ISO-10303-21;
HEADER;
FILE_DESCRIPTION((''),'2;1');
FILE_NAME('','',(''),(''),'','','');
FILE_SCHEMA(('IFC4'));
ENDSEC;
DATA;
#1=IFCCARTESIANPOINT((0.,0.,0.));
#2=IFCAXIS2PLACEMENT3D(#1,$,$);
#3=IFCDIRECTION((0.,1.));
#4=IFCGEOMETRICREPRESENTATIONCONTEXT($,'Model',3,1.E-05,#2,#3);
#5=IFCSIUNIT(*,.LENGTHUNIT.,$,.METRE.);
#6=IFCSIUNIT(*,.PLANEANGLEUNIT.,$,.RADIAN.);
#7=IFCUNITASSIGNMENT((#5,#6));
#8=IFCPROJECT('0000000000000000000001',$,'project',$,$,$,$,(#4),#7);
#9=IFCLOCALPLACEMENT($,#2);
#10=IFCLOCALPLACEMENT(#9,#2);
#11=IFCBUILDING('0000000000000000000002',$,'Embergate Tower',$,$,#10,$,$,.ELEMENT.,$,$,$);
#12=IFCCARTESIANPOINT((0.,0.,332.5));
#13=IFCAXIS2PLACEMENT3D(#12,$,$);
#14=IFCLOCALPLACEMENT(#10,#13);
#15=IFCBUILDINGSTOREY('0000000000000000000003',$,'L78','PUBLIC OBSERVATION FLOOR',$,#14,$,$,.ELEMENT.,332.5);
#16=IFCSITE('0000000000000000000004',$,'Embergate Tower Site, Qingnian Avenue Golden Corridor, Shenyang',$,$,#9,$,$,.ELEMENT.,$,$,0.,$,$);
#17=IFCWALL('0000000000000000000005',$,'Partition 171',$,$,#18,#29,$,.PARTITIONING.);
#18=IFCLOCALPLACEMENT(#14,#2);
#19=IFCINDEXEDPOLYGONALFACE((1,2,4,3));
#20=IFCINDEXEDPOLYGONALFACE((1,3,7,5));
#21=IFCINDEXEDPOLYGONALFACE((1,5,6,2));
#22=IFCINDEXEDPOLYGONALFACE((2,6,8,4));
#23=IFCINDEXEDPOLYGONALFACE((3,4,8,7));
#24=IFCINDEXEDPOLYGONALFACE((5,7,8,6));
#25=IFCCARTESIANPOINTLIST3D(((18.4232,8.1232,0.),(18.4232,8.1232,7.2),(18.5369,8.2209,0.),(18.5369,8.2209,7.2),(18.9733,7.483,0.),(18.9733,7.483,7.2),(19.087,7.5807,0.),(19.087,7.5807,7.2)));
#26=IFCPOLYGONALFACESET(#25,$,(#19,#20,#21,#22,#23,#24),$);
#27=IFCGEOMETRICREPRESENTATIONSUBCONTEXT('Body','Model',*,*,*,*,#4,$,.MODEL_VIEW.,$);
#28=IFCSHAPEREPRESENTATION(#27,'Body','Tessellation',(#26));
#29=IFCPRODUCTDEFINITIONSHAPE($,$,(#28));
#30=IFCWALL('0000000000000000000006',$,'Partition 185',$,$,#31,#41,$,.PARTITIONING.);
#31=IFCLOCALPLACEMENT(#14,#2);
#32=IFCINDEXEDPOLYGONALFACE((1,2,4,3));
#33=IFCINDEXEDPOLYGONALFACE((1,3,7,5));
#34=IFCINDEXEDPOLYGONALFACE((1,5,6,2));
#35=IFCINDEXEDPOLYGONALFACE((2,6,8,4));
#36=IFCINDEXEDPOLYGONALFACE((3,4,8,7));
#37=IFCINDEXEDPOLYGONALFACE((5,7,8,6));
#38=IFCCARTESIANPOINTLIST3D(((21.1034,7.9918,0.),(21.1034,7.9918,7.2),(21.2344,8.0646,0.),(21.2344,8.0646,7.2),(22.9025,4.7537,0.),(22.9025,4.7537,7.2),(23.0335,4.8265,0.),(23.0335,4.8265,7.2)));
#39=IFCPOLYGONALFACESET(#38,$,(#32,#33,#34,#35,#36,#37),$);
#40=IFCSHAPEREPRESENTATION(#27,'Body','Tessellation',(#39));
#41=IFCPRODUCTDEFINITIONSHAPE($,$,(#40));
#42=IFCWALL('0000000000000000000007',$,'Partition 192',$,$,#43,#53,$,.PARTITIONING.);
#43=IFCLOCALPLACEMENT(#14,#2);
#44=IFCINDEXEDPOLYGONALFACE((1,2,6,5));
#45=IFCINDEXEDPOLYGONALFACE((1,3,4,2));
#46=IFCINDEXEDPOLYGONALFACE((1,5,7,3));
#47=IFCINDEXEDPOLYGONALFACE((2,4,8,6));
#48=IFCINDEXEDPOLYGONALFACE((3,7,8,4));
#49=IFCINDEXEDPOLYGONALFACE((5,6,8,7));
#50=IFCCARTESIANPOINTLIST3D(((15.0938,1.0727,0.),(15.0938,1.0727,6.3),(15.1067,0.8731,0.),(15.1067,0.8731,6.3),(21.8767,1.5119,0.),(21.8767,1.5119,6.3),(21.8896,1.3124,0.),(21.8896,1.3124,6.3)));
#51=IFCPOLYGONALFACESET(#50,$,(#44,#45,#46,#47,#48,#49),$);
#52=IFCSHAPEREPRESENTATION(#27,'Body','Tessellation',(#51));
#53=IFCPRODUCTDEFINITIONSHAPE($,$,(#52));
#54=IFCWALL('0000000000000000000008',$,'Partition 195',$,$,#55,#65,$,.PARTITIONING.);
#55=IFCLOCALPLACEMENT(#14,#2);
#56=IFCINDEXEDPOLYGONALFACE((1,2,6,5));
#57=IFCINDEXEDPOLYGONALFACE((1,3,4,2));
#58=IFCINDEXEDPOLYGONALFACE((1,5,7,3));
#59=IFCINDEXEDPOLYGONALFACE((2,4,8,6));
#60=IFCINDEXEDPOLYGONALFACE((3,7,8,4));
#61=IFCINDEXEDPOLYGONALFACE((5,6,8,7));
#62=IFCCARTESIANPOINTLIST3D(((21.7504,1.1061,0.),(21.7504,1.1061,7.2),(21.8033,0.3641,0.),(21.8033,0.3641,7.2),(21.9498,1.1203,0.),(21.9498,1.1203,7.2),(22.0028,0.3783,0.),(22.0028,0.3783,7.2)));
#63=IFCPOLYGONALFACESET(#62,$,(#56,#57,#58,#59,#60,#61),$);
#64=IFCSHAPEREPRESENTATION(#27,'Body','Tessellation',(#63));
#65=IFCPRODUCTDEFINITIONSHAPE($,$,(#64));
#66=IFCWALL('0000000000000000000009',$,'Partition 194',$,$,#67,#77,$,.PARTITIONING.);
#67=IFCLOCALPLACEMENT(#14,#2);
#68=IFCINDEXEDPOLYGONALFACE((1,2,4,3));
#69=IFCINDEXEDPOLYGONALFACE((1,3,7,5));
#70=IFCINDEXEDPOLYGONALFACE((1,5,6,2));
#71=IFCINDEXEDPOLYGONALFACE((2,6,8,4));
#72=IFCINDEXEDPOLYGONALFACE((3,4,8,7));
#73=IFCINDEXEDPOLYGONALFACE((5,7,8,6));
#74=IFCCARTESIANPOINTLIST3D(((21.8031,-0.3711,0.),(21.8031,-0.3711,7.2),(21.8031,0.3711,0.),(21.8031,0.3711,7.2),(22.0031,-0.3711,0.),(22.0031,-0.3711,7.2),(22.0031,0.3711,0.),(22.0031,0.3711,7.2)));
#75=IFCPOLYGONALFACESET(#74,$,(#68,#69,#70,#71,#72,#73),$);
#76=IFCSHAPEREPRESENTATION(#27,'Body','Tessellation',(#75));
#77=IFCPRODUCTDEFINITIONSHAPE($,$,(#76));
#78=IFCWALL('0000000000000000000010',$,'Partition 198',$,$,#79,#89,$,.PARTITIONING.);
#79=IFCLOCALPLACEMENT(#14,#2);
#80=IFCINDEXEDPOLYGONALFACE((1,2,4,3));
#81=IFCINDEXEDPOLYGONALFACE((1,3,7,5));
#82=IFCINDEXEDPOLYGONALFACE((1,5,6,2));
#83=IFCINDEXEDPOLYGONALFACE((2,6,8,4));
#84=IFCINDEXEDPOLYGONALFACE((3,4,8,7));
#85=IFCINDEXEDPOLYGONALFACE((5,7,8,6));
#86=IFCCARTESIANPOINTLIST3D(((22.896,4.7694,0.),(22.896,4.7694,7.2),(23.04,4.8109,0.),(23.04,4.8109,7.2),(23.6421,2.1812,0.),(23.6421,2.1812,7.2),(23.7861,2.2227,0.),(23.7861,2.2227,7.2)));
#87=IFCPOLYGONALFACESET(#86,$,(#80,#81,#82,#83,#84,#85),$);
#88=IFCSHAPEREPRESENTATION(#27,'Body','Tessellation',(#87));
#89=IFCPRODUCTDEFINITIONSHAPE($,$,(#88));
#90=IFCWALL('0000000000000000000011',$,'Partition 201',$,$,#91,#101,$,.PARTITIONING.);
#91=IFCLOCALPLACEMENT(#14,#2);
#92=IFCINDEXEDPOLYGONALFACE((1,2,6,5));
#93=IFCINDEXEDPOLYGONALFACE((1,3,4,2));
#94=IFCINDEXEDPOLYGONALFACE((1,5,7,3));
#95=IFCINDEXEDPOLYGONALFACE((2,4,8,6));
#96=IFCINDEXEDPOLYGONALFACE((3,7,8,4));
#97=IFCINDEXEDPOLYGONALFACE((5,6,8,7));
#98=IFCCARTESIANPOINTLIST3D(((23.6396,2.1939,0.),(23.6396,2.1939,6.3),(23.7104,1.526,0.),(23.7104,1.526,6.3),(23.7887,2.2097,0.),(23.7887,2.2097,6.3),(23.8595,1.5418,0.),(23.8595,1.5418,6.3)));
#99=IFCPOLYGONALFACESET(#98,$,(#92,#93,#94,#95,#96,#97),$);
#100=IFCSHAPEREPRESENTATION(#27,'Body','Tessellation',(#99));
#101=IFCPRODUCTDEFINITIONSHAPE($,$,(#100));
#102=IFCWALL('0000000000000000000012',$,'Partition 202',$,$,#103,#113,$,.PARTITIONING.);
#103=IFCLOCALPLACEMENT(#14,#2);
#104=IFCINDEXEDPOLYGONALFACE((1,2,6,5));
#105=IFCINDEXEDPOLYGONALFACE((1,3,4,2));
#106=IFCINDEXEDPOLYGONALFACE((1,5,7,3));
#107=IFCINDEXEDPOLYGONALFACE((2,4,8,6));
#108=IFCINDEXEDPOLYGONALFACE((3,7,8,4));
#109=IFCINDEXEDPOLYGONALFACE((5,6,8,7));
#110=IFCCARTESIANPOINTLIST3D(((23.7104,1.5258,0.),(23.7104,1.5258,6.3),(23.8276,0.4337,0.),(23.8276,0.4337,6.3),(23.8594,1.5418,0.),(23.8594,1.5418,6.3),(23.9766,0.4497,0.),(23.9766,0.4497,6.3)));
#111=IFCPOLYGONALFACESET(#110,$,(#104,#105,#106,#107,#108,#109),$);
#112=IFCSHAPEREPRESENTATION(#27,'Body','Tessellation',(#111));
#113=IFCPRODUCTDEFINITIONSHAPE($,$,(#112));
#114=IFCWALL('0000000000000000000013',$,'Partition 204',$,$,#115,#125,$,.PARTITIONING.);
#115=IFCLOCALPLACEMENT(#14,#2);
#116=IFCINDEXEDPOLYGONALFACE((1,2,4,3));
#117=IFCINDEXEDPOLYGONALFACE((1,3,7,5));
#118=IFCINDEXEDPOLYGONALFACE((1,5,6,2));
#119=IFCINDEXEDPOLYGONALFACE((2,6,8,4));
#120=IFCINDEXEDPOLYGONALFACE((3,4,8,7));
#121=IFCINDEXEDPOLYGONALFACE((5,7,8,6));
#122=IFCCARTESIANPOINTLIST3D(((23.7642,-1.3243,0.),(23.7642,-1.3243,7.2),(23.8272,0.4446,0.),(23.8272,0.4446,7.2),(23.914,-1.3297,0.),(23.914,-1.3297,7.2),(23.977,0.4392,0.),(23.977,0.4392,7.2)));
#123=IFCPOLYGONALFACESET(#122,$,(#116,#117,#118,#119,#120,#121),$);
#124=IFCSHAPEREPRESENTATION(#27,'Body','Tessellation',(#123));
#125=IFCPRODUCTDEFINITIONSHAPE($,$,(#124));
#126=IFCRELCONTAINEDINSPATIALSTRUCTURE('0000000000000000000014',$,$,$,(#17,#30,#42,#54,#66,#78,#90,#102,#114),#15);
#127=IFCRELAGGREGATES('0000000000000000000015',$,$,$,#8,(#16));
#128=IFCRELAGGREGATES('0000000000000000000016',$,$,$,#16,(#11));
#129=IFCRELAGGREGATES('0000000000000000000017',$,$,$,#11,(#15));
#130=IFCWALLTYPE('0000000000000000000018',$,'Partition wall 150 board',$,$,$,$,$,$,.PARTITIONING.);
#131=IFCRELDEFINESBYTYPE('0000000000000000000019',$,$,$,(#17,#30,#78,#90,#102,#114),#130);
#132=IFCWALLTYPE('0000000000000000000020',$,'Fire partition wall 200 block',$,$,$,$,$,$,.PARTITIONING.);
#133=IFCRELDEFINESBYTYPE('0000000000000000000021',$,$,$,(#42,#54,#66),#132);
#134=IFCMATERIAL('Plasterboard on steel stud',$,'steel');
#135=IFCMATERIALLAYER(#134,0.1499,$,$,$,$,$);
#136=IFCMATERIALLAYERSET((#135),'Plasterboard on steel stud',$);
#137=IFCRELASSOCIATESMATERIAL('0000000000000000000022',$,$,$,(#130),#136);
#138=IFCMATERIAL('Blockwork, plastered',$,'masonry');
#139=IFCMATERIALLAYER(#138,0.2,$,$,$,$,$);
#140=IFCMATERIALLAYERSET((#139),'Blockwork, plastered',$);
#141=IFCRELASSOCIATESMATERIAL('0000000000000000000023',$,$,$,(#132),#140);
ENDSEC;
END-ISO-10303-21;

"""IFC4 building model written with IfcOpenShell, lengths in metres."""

from ifc_helpers import new_model, si_unit, direction, frame, frame_2d, origin, place, context, subcontext, project, spatial, rectangle, extrude, source, transform, mapped, material, layer, layer_set, type_object, element, save


model = new_model("IFC4")

# Units and contexts
model_context = context("Model", 3, precision=1e-05, world=origin(), true_north=direction((0.0, 1.0)))
body_context = subcontext(model_context, "Body", "Model", "MODEL_VIEW")
ifc_project = project(units=[si_unit("LENGTHUNIT", "METRE"), si_unit("PLANEANGLEUNIT", "RADIAN")], contexts=[model_context])

# Site, building, storey
site_placement = place(None, origin())
site = spatial("IfcSite", under=ifc_project, at=site_placement, Name="Embergate Tower Site, Qingnian Avenue Golden Corridor, Shenyang", CompositionType="ELEMENT", RefElevation=0.0)
building_placement = place(site_placement, origin())
building = spatial("IfcBuilding", under=site, at=building_placement, Name="Embergate Tower", CompositionType="ELEMENT")
storey_placement = place(building_placement, frame((0.0, 0.0, 332.5)))
storey = spatial("IfcBuildingStorey", under=building, at=storey_placement, Name="L78", Description="PUBLIC OBSERVATION FLOOR", CompositionType="ELEMENT", Elevation=332.5)

# Walls
ifc_material_1 = material(Name="Plasterboard on steel stud", Category="steel")
ifc_layer_1 = layer(ifc_material_1, 0.1499)
ifc_layer_set_1 = layer_set([ifc_layer_1], Name="Plasterboard on steel stud")
wall_type_1 = type_object("IfcWallType", Name="Partition wall 150 board", PredefinedType="PARTITIONING", material=ifc_layer_set_1)
shared_shape_1 = source(origin(), body_context, "Body", "SweptSolid", [
    extrude(rectangle(XDim=0.844, YDim=0.1499, at=frame_2d((0.4219, 0.0))), origin(), (0.0, 0.0, 1.0), 7.2),
])
wall_1_placement = place(storey_placement, frame((19.03, 7.532, 0.0), z_axis=(0.0, 0.0, 1.0), x_axis=(-0.65172, 0.75846, 0.0)))
element("IfcWall", 1, at=wall_1_placement, inside=storey, type_object=wall_type_1, Name="Partition 171", PredefinedType="PARTITIONING", context=body_context, shape_type="MappedRepresentation", body=[
    mapped(shared_shape_1, transform((0.0, 0.0, 0.0))),
])
shared_shape_2 = source(origin(), body_context, "Body", "SweptSolid", [
    extrude(rectangle(XDim=3.7043, YDim=0.1499, at=frame_2d((1.8521, 0.0))), origin(), (0.0, 0.0, 1.0), 7.2),
])
wall_2_placement = place(storey_placement, frame((21.1689, 8.0281, 0.0), z_axis=(0.0, 0.0, 1.0), x_axis=(0.485677, -0.874139, 0.0)))
element("IfcWall", 2, at=wall_2_placement, inside=storey, type_object=wall_type_1, Name="Partition 185", PredefinedType="PARTITIONING", context=body_context, shape_type="MappedRepresentation", body=[
    mapped(shared_shape_2, transform((0.0, 0.0, 0.0))),
])
ifc_material_2 = material(Name="Blockwork, plastered", Category="masonry")
ifc_layer_2 = layer(ifc_material_2, 0.2)
ifc_layer_set_2 = layer_set([ifc_layer_2], Name="Blockwork, plastered")
wall_type_2 = type_object("IfcWallType", Name="Fire partition wall 200 block", PredefinedType="PARTITIONING", material=ifc_layer_set_2)
shared_shape_3 = source(origin(), body_context, "Body", "SweptSolid", [
    extrude(rectangle(XDim=6.7971, YDim=0.2, at=frame_2d((3.3984, 0.0))), origin(), (0.0, 0.0, 1.0), 6.3),
])
wall_3_placement = place(storey_placement, frame((21.8831, 1.4121, 0.0), z_axis=(0.0, 0.0, 1.0), x_axis=(-0.99791, -0.064617, 0.0)))
element("IfcWall", 3, at=wall_3_placement, inside=storey, type_object=wall_type_2, Name="Partition 192", PredefinedType="PARTITIONING", context=body_context, shape_type="MappedRepresentation", body=[
    mapped(shared_shape_3, transform((0.0, 0.0, 0.0))),
])
shared_shape_4 = source(origin(), body_context, "Body", "SweptSolid", [
    extrude(rectangle(XDim=0.7439, YDim=0.2, at=frame_2d((0.3721, 0.0))), origin(), (0.0, 0.0, 1.0), 7.2),
])
wall_4_placement = place(storey_placement, frame((21.9031, 0.3711, 0.0), z_axis=(0.0, 0.0, 1.0), x_axis=(-0.071224, 0.99746, 0.0)))
element("IfcWall", 4, at=wall_4_placement, inside=storey, type_object=wall_type_2, Name="Partition 195", PredefinedType="PARTITIONING", context=body_context, shape_type="MappedRepresentation", body=[
    mapped(shared_shape_4, transform((0.0, 0.0, 0.0))),
])
shared_shape_5 = source(origin(), body_context, "Body", "SweptSolid", [
    extrude(rectangle(XDim=0.7422, YDim=0.2, at=frame_2d((0.3711, 0.0))), origin(), (0.0, 0.0, 1.0), 7.2),
])
wall_5_placement = place(storey_placement, frame((21.9031, -0.3711, 0.0), z_axis=(0.0, 0.0, 1.0), x_axis=(0.0, 1.0, 0.0)))
element("IfcWall", 5, at=wall_5_placement, inside=storey, type_object=wall_type_2, Name="Partition 194", PredefinedType="PARTITIONING", context=body_context, shape_type="MappedRepresentation", body=[
    mapped(shared_shape_5, transform((0.0, 0.0, 0.0))),
])
shared_shape_6 = source(origin(), body_context, "Body", "SweptSolid", [
    extrude(rectangle(XDim=2.6936, YDim=0.1499, at=frame_2d((1.3467, 0.0))), origin(), (0.0, 0.0, 1.0), 7.2),
])
wall_6_placement = place(storey_placement, frame((22.968, 4.79, 0.0), z_axis=(0.0, 0.0, 1.0), x_axis=(0.276995, -0.960871, 0.0)))
element("IfcWall", 6, at=wall_6_placement, inside=storey, type_object=wall_type_1, Name="Partition 198", PredefinedType="PARTITIONING", context=body_context, shape_type="MappedRepresentation", body=[
    mapped(shared_shape_6, transform((0.0, 0.0, 0.0))),
])
shared_shape_7 = source(origin(), body_context, "Body", "SweptSolid", [
    extrude(rectangle(XDim=0.6716, YDim=0.1499, at=frame_2d((0.3359, 0.0))), origin(), (0.0, 0.0, 1.0), 6.3),
])
wall_7_placement = place(storey_placement, frame((23.7141, 2.2019, 0.0), z_axis=(0.0, 0.0, 1.0), x_axis=(0.105404, -0.99443, 0.0)))
element("IfcWall", 7, at=wall_7_placement, inside=storey, type_object=wall_type_1, Name="Partition 201", PredefinedType="PARTITIONING", context=body_context, shape_type="MappedRepresentation", body=[
    mapped(shared_shape_7, transform((0.0, 0.0, 0.0))),
])
shared_shape_8 = source(origin(), body_context, "Body", "SweptSolid", [
    extrude(rectangle(XDim=1.0984, YDim=0.1499, at=frame_2d((0.5493, 0.0))), origin(), (0.0, 0.0, 1.0), 6.3),
])
wall_8_placement = place(storey_placement, frame((23.7849, 1.5339, 0.0), z_axis=(0.0, 0.0, 1.0), x_axis=(0.106698, -0.994291, 0.0)))
element("IfcWall", 8, at=wall_8_placement, inside=storey, type_object=wall_type_1, Name="Partition 202", PredefinedType="PARTITIONING", context=body_context, shape_type="MappedRepresentation", body=[
    mapped(shared_shape_8, transform((0.0, 0.0, 0.0))),
])
shared_shape_9 = source(origin(), body_context, "Body", "SweptSolid", [
    extrude(rectangle(XDim=1.77, YDim=0.1499, at=frame_2d((0.885, 0.0))), origin(), (0.0, 0.0, 1.0), 7.2),
])
wall_9_placement = place(storey_placement, frame((23.9021, 0.4419, 0.0), z_axis=(0.0, 0.0, 1.0), x_axis=(-0.035588, -0.999367, 0.0)))
element("IfcWall", 9, at=wall_9_placement, inside=storey, type_object=wall_type_1, Name="Partition 204", PredefinedType="PARTITIONING", context=body_context, shape_type="MappedRepresentation", body=[
    mapped(shared_shape_9, transform((0.0, 0.0, 0.0))),
])

save(model, "model.ifc")
